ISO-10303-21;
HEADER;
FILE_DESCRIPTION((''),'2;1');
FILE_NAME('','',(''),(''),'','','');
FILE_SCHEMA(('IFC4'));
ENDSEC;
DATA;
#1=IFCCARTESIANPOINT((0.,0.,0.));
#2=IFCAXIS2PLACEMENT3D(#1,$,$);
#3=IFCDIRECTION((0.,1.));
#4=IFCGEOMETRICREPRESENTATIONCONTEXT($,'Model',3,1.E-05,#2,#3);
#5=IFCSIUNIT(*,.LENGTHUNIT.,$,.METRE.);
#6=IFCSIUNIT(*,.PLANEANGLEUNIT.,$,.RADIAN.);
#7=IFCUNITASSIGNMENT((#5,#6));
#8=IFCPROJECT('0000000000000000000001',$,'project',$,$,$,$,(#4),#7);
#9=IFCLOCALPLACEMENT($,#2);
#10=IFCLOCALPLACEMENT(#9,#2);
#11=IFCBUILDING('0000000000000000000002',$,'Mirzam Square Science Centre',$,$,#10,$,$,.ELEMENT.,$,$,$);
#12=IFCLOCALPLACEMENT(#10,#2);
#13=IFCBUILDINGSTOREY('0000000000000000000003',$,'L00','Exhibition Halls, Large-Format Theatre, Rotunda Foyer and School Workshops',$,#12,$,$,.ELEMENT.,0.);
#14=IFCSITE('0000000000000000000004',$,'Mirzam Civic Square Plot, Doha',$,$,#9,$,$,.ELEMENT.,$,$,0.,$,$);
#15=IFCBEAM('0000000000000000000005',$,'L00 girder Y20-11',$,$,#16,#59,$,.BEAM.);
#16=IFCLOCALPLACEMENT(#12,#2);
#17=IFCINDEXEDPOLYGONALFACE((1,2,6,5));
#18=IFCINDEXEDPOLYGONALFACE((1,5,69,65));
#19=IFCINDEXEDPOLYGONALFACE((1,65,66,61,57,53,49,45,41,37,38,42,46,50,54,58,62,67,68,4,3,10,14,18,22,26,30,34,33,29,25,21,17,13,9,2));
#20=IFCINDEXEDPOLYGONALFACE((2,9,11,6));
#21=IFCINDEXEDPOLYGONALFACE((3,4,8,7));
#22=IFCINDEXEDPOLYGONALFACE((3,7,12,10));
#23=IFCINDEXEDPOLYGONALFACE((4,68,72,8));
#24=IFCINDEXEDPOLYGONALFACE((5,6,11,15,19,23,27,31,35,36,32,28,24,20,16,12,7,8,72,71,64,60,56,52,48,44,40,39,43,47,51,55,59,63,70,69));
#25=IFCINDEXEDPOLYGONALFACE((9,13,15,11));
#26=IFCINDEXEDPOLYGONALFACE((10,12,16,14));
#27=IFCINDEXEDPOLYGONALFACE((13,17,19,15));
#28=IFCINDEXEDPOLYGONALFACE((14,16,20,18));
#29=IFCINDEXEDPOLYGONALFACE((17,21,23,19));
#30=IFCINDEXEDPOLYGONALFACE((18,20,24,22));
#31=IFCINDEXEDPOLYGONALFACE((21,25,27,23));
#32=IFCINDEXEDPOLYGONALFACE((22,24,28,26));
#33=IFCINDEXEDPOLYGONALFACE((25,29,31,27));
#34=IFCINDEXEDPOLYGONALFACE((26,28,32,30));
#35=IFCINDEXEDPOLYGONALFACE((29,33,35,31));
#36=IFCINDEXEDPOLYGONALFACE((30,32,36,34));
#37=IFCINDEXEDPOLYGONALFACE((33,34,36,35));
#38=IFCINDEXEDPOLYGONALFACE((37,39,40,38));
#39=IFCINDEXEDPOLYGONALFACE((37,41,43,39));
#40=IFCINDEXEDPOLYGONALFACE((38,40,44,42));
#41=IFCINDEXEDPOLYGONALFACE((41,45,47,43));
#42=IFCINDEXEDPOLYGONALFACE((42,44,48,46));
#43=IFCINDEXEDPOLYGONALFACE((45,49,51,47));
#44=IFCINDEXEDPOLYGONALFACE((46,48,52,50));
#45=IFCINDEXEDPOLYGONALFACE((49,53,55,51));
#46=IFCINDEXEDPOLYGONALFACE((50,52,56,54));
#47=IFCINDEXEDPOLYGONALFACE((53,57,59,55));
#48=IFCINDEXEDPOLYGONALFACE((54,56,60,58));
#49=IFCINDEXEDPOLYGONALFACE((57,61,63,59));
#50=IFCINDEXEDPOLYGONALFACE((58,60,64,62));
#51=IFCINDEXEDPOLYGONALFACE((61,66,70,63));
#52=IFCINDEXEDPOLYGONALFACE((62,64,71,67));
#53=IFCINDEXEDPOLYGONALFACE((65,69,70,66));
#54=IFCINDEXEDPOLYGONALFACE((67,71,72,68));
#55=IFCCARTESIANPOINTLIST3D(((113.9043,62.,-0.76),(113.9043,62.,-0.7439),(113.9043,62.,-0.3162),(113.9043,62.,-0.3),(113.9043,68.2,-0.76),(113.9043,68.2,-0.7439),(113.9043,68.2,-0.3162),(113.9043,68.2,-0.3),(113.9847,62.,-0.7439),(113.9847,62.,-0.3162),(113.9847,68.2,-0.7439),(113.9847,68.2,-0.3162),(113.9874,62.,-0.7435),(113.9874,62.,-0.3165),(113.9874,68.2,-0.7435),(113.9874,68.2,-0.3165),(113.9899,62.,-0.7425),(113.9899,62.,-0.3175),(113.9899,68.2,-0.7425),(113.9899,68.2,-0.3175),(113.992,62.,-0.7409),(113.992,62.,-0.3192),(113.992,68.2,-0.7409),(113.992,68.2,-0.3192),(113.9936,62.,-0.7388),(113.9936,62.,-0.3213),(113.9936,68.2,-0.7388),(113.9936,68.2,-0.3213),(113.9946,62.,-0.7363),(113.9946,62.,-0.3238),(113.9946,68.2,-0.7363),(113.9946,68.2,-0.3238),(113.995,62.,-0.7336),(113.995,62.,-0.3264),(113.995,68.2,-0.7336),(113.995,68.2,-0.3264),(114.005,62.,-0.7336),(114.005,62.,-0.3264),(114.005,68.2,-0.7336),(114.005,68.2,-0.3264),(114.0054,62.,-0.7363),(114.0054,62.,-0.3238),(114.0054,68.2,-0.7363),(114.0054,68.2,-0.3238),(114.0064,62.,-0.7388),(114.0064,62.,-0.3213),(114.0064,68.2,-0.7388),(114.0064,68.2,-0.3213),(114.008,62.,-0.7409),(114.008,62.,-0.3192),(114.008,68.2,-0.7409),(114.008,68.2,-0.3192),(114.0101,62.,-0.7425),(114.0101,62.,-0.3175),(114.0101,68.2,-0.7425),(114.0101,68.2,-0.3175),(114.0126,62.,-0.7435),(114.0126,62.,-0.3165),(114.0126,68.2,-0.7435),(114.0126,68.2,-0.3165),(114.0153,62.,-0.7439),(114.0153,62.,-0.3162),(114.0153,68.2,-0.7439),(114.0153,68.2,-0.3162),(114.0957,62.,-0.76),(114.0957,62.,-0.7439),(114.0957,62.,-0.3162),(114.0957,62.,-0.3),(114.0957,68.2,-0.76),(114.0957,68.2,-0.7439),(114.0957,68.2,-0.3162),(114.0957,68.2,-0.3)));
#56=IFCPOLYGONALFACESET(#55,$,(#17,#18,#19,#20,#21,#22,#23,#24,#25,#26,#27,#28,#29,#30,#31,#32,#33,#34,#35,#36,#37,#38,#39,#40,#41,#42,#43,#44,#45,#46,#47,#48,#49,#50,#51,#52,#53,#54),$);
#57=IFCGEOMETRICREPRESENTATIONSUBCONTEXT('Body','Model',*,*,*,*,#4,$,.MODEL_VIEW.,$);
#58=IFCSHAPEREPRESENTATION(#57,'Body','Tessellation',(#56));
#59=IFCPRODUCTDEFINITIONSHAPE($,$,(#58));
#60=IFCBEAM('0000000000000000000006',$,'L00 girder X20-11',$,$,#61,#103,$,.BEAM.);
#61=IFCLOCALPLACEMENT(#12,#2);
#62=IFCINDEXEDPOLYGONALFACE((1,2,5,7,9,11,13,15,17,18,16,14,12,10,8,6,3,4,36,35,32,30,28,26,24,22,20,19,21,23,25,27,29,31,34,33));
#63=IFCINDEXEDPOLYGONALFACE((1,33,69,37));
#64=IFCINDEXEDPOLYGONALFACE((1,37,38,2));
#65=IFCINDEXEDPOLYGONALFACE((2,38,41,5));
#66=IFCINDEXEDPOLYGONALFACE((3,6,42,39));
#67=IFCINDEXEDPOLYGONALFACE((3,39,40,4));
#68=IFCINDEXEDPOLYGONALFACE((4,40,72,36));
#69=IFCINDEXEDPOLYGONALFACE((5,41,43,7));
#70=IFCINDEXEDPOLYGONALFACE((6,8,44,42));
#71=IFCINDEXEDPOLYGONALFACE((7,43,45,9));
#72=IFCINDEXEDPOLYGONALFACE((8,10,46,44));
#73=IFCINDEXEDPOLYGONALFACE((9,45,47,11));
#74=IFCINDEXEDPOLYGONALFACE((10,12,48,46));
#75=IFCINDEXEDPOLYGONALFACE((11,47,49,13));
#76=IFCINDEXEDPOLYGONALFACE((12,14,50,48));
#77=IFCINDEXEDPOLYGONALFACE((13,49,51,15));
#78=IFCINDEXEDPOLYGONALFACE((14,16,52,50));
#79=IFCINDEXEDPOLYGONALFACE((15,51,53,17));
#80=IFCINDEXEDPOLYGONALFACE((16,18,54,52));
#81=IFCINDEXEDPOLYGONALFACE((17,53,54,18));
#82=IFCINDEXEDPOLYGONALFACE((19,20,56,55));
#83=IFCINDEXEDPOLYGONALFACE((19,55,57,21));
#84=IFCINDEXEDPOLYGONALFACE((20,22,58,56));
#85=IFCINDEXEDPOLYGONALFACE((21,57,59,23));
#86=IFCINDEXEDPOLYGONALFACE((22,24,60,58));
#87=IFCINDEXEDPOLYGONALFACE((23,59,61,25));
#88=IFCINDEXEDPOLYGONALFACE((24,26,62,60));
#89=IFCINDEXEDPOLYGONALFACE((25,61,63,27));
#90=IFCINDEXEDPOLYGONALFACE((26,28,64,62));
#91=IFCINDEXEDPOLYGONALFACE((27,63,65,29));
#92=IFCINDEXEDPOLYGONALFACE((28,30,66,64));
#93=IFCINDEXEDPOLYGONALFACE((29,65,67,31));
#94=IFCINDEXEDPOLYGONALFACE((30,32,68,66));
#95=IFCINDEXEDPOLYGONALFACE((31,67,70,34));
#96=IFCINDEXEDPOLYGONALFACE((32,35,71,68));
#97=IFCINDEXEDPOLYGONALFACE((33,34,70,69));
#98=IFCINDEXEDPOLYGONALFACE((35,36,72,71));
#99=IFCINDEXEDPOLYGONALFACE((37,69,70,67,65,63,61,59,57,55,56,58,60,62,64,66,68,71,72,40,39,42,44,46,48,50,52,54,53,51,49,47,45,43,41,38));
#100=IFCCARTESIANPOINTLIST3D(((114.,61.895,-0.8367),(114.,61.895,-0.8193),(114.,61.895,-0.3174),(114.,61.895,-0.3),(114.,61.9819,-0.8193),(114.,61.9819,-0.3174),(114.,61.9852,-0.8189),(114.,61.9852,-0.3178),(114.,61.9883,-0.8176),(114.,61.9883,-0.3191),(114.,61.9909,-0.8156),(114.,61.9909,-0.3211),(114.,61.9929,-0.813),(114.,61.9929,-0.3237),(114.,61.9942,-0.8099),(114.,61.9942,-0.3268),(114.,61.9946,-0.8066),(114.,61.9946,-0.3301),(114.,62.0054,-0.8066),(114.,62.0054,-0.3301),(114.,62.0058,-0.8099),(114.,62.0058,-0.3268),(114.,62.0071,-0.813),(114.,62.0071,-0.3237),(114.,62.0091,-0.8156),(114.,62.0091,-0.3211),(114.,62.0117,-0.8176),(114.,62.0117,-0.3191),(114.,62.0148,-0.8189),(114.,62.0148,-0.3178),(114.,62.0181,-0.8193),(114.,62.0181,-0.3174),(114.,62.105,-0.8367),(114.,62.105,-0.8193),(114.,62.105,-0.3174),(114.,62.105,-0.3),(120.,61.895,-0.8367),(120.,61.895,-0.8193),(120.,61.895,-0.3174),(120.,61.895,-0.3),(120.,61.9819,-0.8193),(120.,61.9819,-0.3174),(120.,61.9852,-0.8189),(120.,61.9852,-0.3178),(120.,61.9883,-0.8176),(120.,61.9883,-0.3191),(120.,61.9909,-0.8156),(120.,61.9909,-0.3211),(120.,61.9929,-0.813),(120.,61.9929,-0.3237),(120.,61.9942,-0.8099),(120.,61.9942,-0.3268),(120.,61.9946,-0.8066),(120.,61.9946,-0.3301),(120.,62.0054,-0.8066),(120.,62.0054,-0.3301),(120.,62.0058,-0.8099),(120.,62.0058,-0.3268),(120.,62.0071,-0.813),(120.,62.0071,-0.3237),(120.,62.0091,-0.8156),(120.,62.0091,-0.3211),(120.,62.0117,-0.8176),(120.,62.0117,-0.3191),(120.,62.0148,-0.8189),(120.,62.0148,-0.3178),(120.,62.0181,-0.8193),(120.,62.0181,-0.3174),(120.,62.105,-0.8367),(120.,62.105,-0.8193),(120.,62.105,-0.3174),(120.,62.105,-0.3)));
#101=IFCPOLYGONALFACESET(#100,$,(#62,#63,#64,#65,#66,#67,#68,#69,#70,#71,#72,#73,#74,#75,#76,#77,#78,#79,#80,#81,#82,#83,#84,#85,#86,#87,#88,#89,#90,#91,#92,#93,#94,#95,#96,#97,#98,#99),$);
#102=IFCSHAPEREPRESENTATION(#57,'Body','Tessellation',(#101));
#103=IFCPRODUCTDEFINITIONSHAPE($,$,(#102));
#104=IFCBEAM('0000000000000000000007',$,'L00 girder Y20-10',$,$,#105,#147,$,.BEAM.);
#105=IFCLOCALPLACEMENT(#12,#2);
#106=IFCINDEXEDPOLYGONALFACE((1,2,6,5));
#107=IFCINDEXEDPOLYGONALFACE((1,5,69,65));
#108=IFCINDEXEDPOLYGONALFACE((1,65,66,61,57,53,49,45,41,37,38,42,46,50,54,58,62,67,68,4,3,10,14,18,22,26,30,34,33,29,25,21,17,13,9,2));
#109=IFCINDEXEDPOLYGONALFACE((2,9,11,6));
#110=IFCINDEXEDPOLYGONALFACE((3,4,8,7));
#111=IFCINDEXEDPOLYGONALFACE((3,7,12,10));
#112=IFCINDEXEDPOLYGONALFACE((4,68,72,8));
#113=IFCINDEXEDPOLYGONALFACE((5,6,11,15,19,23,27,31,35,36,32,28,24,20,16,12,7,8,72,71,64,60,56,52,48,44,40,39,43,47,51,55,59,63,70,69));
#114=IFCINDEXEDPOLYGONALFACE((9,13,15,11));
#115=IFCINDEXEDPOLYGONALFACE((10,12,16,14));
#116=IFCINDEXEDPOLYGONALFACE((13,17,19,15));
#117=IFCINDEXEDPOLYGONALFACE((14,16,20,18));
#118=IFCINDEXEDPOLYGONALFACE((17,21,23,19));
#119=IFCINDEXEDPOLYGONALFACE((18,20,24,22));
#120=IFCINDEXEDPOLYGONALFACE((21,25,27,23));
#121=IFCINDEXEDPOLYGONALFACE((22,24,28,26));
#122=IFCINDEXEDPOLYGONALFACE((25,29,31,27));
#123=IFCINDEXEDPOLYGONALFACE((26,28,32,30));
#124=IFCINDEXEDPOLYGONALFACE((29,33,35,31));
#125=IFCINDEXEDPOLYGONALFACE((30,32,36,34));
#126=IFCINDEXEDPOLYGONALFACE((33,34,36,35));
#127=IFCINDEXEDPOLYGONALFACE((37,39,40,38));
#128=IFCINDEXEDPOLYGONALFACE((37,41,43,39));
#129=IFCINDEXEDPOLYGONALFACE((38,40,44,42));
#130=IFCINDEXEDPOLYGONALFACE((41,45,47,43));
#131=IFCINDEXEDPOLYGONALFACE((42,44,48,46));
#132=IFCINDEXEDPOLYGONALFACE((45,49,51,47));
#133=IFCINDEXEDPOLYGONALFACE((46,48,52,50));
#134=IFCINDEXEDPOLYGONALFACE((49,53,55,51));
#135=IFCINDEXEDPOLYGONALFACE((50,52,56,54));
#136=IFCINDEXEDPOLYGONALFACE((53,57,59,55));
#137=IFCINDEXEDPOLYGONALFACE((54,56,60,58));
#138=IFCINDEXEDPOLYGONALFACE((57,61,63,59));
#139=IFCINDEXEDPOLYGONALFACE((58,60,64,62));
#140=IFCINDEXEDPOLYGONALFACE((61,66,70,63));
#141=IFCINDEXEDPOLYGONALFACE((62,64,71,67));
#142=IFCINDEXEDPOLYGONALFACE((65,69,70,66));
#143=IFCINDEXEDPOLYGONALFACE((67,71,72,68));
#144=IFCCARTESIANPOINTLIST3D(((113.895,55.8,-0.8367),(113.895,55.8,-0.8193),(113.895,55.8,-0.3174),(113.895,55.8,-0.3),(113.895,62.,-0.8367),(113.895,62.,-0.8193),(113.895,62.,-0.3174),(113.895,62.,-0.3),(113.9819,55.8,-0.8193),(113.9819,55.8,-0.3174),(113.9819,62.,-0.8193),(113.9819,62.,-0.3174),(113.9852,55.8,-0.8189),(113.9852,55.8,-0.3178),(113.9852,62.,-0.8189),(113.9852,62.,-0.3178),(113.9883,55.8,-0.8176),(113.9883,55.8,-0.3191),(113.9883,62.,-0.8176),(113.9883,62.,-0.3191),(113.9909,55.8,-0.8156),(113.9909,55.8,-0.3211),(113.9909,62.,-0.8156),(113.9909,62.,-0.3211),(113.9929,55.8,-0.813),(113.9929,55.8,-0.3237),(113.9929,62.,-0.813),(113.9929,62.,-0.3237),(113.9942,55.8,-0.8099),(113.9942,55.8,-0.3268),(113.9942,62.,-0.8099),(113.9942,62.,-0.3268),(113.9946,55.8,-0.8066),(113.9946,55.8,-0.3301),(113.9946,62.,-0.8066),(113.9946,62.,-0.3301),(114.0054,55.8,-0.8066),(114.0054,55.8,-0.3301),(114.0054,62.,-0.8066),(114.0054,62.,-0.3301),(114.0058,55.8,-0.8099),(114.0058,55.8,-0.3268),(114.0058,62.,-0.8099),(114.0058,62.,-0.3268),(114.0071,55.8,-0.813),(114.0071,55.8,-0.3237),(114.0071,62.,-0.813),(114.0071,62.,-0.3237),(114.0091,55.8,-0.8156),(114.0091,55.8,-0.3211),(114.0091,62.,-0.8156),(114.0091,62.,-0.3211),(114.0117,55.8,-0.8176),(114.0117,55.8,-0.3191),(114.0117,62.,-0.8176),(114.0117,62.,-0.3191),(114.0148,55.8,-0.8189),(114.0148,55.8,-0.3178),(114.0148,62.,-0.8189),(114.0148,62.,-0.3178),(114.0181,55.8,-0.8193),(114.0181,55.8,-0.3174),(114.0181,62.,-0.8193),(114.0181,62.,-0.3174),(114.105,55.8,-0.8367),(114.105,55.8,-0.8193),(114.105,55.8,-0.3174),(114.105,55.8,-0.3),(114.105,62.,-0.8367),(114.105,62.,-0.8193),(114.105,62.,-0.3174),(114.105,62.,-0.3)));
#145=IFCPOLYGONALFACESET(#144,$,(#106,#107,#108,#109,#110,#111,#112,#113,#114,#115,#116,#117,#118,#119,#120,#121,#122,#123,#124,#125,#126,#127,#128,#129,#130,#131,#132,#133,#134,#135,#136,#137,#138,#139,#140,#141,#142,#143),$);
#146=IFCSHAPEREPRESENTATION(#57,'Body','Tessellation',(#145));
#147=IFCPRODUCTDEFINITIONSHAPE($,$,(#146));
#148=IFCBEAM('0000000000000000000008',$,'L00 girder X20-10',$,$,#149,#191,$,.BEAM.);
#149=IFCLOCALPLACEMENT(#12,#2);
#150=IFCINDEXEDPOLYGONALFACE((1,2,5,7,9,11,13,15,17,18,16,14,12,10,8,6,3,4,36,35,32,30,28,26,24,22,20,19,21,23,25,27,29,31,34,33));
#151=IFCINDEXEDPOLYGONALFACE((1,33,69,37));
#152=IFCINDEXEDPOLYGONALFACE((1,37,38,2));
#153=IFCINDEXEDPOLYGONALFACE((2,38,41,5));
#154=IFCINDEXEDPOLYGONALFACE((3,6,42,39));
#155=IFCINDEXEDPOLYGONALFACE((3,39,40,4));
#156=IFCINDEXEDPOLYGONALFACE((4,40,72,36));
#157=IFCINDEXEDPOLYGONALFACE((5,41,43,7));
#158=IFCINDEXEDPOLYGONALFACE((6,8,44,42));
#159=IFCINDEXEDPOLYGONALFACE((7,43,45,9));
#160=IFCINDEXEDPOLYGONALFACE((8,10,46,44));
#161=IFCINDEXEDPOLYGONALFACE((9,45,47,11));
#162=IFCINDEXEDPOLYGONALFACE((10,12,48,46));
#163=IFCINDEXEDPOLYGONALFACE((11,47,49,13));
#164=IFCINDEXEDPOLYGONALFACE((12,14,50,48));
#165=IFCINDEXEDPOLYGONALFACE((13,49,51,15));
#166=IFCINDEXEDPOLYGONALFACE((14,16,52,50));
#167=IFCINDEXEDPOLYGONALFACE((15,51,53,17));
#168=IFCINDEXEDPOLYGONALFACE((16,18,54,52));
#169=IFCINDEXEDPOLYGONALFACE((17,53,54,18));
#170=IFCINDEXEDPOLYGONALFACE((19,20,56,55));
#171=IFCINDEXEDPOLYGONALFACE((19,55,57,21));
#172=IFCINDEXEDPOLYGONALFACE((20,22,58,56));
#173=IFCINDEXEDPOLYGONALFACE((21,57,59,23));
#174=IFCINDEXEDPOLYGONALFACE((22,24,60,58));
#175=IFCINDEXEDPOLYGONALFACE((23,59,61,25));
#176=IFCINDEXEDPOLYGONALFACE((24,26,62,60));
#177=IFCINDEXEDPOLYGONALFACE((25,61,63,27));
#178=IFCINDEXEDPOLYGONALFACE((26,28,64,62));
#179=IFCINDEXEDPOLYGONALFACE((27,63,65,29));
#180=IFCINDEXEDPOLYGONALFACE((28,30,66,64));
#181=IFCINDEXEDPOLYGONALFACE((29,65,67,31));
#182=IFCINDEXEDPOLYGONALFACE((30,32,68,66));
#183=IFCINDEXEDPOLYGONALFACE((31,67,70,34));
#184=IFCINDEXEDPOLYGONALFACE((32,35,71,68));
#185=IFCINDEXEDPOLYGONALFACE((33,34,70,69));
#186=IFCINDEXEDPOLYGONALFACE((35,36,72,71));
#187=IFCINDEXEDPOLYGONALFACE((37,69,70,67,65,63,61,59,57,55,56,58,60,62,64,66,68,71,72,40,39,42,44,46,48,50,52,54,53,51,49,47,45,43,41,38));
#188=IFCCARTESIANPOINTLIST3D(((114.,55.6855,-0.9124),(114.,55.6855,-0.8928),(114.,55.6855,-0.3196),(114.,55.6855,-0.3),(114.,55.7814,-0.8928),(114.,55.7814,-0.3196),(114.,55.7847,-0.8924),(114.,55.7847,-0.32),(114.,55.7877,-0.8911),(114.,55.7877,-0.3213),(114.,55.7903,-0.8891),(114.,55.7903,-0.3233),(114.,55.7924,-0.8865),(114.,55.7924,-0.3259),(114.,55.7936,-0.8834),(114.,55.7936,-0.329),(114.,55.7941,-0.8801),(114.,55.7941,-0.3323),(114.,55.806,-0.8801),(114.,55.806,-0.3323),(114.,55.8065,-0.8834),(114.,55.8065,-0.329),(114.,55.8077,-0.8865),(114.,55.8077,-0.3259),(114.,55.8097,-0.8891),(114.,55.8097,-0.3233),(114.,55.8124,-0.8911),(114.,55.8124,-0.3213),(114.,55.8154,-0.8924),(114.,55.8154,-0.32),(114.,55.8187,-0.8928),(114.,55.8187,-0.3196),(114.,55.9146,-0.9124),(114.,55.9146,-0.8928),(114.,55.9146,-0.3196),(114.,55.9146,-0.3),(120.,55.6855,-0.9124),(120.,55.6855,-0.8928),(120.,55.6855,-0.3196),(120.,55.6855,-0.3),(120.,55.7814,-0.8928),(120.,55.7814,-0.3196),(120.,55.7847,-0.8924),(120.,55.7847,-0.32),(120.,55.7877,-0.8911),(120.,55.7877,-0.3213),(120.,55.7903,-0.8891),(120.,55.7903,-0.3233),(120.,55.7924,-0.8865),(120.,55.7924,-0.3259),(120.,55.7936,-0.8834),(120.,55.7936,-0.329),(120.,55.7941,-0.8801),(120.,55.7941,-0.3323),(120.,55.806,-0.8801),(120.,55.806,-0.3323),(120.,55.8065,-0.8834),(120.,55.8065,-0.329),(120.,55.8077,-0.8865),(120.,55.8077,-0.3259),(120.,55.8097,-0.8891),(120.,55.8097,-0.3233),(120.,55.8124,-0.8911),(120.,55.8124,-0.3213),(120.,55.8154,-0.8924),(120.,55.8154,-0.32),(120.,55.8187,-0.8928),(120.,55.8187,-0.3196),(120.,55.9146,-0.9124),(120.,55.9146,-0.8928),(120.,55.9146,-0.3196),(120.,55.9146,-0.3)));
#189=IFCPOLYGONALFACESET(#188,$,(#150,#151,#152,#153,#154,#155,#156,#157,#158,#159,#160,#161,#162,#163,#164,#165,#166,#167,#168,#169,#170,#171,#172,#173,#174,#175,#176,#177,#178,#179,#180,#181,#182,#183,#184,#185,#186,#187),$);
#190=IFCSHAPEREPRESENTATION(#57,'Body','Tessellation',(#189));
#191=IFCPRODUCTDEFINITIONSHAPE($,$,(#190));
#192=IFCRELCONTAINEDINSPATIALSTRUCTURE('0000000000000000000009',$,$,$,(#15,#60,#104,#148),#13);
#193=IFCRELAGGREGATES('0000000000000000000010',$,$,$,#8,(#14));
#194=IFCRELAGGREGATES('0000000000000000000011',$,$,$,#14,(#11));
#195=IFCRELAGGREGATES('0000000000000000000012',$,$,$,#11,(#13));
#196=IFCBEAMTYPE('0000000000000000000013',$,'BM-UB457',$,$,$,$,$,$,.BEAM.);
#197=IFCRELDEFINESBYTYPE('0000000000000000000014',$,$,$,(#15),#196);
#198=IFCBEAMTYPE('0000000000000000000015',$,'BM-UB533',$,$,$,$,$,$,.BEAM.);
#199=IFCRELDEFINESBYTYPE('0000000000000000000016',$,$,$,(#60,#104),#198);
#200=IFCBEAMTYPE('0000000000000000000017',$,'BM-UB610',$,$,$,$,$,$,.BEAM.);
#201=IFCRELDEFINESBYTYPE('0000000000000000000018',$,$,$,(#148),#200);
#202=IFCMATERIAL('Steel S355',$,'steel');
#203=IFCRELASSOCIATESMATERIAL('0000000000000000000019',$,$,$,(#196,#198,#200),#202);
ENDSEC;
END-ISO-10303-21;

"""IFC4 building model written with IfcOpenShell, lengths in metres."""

from ifc_helpers import new_model, si_unit, direction, frame, origin, origin_2d, place, context, subcontext, project, spatial, i_section, extrude, material, material_profile, profile_set, type_object, element, save


model = new_model("IFC4")

# Units and contexts
model_context = context("Model", 3, precision=1e-05, world=origin(), true_north=direction((0.0, 1.0)))
body_context = subcontext(model_context, "Body", "Model", "MODEL_VIEW")
ifc_project = project(units=[si_unit("LENGTHUNIT", "METRE"), si_unit("PLANEANGLEUNIT", "RADIAN")], contexts=[model_context])

# Site, building, storey
site_placement = place(None, origin())
site = spatial("IfcSite", under=ifc_project, at=site_placement, Name="Mirzam Civic Square Plot, Doha", CompositionType="ELEMENT", RefElevation=0.0)
building_placement = place(site_placement, origin())
building = spatial("IfcBuilding", under=site, at=building_placement, Name="Mirzam Square Science Centre", CompositionType="ELEMENT")
storey_placement = place(building_placement, origin())
storey = spatial("IfcBuildingStorey", under=building, at=storey_placement, Name="L00", Description="Exhibition Halls, Large-Format Theatre, Rotunda Foyer and School Workshops", CompositionType="ELEMENT", Elevation=0.0)

# Shared definitions
ifc_material_1 = material(Name="Steel S355", Category="steel")

# Beams
ifc_material_profile_1 = material_profile(ifc_material_1, i_section(OverallWidth=0.1914, OverallDepth=0.46, WebThickness=0.01, FlangeThickness=0.0161, FilletRadius=0.0103, at=origin_2d()), Name="457x191x82UB")
ifc_profile_set_1 = profile_set([ifc_material_profile_1], Name="Steel S355")
beam_type_1 = type_object("IfcBeamType", Name="BM-UB457", PredefinedType="BEAM", material=ifc_profile_set_1)
beam_1_placement = place(storey_placement, frame((114.0, 62.0, -0.53), z_axis=(0.0, 1.0, 0.0), x_axis=(-1.0, 0.0, 0.0)))
element("IfcBeam", 1, at=beam_1_placement, inside=storey, type_object=beam_type_1, Name="L00 girder Y20-11", PredefinedType="BEAM", context=body_context, shape_type="SweptSolid", body=[
    extrude(i_section(OverallWidth=0.1914, OverallDepth=0.46, WebThickness=0.01, FlangeThickness=0.0161, FilletRadius=0.0103, at=origin_2d()), origin(), (0.0, 0.0, 1.0), 6.2),
])
ifc_material_profile_2 = material_profile(ifc_material_1, i_section(OverallWidth=0.21, OverallDepth=0.5366, WebThickness=0.0107, FlangeThickness=0.0173, FilletRadius=0.0127, at=origin_2d()), Name="533x210x101UB")
ifc_profile_set_2 = profile_set([ifc_material_profile_2], Name="Steel S355")
beam_type_2 = type_object("IfcBeamType", Name="BM-UB533", PredefinedType="BEAM", material=ifc_profile_set_2)
beam_2_placement = place(storey_placement, frame((114.0, 62.0, -0.5684), z_axis=(1.0, 0.0, 0.0), x_axis=(0.0, 1.0, 0.0)))
element("IfcBeam", 2, at=beam_2_placement, inside=storey, type_object=beam_type_2, Name="L00 girder X20-11", PredefinedType="BEAM", context=body_context, shape_type="SweptSolid", body=[
    extrude(i_section(OverallWidth=0.21, OverallDepth=0.5366, WebThickness=0.0107, FlangeThickness=0.0173, FilletRadius=0.0127, at=origin_2d()), origin(), (0.0, 0.0, 1.0), 6.0),
])
beam_3_placement = place(storey_placement, frame((114.0, 55.8, -0.5684), z_axis=(0.0, 1.0, 0.0), x_axis=(-1.0, 0.0, 0.0)))
element("IfcBeam", 3, at=beam_3_placement, inside=storey, type_object=beam_type_2, Name="L00 girder Y20-10", PredefinedType="BEAM", context=body_context, shape_type="SweptSolid", body=[
    extrude(i_section(OverallWidth=0.21, OverallDepth=0.5366, WebThickness=0.0107, FlangeThickness=0.0173, FilletRadius=0.0127, at=origin_2d()), origin(), (0.0, 0.0, 1.0), 6.2),
])
ifc_material_profile_3 = material_profile(ifc_material_1, i_section(OverallWidth=0.229, OverallDepth=0.6123, WebThickness=0.012, FlangeThickness=0.0195, FilletRadius=0.0127, at=origin_2d()), Name="610x229x125UB")
ifc_profile_set_3 = profile_set([ifc_material_profile_3], Name="Steel S355")
beam_type_3 = type_object("IfcBeamType", Name="BM-UB610", PredefinedType="BEAM", material=ifc_profile_set_3)
for number, where, z_axis, x_axis, name in (
    (4, (114.0, 55.8, -0.6062), (1.0, 0.0, 0.0), (0.0, 1.0, 0.0), "L00 girder X20-10"),
):
    element("IfcBeam", number, at=place(storey_placement, frame(where, z_axis=z_axis, x_axis=x_axis)), inside=storey, type_object=beam_type_3, Name=name, PredefinedType="BEAM", context=body_context, shape_type="SweptSolid", body=[
        extrude(i_section(OverallWidth=0.229, OverallDepth=0.6123, WebThickness=0.012, FlangeThickness=0.0195, FilletRadius=0.0127, at=origin_2d()), origin(), (0.0, 0.0, 1.0), 6.0),
    ])

save(model, "model.ifc")
